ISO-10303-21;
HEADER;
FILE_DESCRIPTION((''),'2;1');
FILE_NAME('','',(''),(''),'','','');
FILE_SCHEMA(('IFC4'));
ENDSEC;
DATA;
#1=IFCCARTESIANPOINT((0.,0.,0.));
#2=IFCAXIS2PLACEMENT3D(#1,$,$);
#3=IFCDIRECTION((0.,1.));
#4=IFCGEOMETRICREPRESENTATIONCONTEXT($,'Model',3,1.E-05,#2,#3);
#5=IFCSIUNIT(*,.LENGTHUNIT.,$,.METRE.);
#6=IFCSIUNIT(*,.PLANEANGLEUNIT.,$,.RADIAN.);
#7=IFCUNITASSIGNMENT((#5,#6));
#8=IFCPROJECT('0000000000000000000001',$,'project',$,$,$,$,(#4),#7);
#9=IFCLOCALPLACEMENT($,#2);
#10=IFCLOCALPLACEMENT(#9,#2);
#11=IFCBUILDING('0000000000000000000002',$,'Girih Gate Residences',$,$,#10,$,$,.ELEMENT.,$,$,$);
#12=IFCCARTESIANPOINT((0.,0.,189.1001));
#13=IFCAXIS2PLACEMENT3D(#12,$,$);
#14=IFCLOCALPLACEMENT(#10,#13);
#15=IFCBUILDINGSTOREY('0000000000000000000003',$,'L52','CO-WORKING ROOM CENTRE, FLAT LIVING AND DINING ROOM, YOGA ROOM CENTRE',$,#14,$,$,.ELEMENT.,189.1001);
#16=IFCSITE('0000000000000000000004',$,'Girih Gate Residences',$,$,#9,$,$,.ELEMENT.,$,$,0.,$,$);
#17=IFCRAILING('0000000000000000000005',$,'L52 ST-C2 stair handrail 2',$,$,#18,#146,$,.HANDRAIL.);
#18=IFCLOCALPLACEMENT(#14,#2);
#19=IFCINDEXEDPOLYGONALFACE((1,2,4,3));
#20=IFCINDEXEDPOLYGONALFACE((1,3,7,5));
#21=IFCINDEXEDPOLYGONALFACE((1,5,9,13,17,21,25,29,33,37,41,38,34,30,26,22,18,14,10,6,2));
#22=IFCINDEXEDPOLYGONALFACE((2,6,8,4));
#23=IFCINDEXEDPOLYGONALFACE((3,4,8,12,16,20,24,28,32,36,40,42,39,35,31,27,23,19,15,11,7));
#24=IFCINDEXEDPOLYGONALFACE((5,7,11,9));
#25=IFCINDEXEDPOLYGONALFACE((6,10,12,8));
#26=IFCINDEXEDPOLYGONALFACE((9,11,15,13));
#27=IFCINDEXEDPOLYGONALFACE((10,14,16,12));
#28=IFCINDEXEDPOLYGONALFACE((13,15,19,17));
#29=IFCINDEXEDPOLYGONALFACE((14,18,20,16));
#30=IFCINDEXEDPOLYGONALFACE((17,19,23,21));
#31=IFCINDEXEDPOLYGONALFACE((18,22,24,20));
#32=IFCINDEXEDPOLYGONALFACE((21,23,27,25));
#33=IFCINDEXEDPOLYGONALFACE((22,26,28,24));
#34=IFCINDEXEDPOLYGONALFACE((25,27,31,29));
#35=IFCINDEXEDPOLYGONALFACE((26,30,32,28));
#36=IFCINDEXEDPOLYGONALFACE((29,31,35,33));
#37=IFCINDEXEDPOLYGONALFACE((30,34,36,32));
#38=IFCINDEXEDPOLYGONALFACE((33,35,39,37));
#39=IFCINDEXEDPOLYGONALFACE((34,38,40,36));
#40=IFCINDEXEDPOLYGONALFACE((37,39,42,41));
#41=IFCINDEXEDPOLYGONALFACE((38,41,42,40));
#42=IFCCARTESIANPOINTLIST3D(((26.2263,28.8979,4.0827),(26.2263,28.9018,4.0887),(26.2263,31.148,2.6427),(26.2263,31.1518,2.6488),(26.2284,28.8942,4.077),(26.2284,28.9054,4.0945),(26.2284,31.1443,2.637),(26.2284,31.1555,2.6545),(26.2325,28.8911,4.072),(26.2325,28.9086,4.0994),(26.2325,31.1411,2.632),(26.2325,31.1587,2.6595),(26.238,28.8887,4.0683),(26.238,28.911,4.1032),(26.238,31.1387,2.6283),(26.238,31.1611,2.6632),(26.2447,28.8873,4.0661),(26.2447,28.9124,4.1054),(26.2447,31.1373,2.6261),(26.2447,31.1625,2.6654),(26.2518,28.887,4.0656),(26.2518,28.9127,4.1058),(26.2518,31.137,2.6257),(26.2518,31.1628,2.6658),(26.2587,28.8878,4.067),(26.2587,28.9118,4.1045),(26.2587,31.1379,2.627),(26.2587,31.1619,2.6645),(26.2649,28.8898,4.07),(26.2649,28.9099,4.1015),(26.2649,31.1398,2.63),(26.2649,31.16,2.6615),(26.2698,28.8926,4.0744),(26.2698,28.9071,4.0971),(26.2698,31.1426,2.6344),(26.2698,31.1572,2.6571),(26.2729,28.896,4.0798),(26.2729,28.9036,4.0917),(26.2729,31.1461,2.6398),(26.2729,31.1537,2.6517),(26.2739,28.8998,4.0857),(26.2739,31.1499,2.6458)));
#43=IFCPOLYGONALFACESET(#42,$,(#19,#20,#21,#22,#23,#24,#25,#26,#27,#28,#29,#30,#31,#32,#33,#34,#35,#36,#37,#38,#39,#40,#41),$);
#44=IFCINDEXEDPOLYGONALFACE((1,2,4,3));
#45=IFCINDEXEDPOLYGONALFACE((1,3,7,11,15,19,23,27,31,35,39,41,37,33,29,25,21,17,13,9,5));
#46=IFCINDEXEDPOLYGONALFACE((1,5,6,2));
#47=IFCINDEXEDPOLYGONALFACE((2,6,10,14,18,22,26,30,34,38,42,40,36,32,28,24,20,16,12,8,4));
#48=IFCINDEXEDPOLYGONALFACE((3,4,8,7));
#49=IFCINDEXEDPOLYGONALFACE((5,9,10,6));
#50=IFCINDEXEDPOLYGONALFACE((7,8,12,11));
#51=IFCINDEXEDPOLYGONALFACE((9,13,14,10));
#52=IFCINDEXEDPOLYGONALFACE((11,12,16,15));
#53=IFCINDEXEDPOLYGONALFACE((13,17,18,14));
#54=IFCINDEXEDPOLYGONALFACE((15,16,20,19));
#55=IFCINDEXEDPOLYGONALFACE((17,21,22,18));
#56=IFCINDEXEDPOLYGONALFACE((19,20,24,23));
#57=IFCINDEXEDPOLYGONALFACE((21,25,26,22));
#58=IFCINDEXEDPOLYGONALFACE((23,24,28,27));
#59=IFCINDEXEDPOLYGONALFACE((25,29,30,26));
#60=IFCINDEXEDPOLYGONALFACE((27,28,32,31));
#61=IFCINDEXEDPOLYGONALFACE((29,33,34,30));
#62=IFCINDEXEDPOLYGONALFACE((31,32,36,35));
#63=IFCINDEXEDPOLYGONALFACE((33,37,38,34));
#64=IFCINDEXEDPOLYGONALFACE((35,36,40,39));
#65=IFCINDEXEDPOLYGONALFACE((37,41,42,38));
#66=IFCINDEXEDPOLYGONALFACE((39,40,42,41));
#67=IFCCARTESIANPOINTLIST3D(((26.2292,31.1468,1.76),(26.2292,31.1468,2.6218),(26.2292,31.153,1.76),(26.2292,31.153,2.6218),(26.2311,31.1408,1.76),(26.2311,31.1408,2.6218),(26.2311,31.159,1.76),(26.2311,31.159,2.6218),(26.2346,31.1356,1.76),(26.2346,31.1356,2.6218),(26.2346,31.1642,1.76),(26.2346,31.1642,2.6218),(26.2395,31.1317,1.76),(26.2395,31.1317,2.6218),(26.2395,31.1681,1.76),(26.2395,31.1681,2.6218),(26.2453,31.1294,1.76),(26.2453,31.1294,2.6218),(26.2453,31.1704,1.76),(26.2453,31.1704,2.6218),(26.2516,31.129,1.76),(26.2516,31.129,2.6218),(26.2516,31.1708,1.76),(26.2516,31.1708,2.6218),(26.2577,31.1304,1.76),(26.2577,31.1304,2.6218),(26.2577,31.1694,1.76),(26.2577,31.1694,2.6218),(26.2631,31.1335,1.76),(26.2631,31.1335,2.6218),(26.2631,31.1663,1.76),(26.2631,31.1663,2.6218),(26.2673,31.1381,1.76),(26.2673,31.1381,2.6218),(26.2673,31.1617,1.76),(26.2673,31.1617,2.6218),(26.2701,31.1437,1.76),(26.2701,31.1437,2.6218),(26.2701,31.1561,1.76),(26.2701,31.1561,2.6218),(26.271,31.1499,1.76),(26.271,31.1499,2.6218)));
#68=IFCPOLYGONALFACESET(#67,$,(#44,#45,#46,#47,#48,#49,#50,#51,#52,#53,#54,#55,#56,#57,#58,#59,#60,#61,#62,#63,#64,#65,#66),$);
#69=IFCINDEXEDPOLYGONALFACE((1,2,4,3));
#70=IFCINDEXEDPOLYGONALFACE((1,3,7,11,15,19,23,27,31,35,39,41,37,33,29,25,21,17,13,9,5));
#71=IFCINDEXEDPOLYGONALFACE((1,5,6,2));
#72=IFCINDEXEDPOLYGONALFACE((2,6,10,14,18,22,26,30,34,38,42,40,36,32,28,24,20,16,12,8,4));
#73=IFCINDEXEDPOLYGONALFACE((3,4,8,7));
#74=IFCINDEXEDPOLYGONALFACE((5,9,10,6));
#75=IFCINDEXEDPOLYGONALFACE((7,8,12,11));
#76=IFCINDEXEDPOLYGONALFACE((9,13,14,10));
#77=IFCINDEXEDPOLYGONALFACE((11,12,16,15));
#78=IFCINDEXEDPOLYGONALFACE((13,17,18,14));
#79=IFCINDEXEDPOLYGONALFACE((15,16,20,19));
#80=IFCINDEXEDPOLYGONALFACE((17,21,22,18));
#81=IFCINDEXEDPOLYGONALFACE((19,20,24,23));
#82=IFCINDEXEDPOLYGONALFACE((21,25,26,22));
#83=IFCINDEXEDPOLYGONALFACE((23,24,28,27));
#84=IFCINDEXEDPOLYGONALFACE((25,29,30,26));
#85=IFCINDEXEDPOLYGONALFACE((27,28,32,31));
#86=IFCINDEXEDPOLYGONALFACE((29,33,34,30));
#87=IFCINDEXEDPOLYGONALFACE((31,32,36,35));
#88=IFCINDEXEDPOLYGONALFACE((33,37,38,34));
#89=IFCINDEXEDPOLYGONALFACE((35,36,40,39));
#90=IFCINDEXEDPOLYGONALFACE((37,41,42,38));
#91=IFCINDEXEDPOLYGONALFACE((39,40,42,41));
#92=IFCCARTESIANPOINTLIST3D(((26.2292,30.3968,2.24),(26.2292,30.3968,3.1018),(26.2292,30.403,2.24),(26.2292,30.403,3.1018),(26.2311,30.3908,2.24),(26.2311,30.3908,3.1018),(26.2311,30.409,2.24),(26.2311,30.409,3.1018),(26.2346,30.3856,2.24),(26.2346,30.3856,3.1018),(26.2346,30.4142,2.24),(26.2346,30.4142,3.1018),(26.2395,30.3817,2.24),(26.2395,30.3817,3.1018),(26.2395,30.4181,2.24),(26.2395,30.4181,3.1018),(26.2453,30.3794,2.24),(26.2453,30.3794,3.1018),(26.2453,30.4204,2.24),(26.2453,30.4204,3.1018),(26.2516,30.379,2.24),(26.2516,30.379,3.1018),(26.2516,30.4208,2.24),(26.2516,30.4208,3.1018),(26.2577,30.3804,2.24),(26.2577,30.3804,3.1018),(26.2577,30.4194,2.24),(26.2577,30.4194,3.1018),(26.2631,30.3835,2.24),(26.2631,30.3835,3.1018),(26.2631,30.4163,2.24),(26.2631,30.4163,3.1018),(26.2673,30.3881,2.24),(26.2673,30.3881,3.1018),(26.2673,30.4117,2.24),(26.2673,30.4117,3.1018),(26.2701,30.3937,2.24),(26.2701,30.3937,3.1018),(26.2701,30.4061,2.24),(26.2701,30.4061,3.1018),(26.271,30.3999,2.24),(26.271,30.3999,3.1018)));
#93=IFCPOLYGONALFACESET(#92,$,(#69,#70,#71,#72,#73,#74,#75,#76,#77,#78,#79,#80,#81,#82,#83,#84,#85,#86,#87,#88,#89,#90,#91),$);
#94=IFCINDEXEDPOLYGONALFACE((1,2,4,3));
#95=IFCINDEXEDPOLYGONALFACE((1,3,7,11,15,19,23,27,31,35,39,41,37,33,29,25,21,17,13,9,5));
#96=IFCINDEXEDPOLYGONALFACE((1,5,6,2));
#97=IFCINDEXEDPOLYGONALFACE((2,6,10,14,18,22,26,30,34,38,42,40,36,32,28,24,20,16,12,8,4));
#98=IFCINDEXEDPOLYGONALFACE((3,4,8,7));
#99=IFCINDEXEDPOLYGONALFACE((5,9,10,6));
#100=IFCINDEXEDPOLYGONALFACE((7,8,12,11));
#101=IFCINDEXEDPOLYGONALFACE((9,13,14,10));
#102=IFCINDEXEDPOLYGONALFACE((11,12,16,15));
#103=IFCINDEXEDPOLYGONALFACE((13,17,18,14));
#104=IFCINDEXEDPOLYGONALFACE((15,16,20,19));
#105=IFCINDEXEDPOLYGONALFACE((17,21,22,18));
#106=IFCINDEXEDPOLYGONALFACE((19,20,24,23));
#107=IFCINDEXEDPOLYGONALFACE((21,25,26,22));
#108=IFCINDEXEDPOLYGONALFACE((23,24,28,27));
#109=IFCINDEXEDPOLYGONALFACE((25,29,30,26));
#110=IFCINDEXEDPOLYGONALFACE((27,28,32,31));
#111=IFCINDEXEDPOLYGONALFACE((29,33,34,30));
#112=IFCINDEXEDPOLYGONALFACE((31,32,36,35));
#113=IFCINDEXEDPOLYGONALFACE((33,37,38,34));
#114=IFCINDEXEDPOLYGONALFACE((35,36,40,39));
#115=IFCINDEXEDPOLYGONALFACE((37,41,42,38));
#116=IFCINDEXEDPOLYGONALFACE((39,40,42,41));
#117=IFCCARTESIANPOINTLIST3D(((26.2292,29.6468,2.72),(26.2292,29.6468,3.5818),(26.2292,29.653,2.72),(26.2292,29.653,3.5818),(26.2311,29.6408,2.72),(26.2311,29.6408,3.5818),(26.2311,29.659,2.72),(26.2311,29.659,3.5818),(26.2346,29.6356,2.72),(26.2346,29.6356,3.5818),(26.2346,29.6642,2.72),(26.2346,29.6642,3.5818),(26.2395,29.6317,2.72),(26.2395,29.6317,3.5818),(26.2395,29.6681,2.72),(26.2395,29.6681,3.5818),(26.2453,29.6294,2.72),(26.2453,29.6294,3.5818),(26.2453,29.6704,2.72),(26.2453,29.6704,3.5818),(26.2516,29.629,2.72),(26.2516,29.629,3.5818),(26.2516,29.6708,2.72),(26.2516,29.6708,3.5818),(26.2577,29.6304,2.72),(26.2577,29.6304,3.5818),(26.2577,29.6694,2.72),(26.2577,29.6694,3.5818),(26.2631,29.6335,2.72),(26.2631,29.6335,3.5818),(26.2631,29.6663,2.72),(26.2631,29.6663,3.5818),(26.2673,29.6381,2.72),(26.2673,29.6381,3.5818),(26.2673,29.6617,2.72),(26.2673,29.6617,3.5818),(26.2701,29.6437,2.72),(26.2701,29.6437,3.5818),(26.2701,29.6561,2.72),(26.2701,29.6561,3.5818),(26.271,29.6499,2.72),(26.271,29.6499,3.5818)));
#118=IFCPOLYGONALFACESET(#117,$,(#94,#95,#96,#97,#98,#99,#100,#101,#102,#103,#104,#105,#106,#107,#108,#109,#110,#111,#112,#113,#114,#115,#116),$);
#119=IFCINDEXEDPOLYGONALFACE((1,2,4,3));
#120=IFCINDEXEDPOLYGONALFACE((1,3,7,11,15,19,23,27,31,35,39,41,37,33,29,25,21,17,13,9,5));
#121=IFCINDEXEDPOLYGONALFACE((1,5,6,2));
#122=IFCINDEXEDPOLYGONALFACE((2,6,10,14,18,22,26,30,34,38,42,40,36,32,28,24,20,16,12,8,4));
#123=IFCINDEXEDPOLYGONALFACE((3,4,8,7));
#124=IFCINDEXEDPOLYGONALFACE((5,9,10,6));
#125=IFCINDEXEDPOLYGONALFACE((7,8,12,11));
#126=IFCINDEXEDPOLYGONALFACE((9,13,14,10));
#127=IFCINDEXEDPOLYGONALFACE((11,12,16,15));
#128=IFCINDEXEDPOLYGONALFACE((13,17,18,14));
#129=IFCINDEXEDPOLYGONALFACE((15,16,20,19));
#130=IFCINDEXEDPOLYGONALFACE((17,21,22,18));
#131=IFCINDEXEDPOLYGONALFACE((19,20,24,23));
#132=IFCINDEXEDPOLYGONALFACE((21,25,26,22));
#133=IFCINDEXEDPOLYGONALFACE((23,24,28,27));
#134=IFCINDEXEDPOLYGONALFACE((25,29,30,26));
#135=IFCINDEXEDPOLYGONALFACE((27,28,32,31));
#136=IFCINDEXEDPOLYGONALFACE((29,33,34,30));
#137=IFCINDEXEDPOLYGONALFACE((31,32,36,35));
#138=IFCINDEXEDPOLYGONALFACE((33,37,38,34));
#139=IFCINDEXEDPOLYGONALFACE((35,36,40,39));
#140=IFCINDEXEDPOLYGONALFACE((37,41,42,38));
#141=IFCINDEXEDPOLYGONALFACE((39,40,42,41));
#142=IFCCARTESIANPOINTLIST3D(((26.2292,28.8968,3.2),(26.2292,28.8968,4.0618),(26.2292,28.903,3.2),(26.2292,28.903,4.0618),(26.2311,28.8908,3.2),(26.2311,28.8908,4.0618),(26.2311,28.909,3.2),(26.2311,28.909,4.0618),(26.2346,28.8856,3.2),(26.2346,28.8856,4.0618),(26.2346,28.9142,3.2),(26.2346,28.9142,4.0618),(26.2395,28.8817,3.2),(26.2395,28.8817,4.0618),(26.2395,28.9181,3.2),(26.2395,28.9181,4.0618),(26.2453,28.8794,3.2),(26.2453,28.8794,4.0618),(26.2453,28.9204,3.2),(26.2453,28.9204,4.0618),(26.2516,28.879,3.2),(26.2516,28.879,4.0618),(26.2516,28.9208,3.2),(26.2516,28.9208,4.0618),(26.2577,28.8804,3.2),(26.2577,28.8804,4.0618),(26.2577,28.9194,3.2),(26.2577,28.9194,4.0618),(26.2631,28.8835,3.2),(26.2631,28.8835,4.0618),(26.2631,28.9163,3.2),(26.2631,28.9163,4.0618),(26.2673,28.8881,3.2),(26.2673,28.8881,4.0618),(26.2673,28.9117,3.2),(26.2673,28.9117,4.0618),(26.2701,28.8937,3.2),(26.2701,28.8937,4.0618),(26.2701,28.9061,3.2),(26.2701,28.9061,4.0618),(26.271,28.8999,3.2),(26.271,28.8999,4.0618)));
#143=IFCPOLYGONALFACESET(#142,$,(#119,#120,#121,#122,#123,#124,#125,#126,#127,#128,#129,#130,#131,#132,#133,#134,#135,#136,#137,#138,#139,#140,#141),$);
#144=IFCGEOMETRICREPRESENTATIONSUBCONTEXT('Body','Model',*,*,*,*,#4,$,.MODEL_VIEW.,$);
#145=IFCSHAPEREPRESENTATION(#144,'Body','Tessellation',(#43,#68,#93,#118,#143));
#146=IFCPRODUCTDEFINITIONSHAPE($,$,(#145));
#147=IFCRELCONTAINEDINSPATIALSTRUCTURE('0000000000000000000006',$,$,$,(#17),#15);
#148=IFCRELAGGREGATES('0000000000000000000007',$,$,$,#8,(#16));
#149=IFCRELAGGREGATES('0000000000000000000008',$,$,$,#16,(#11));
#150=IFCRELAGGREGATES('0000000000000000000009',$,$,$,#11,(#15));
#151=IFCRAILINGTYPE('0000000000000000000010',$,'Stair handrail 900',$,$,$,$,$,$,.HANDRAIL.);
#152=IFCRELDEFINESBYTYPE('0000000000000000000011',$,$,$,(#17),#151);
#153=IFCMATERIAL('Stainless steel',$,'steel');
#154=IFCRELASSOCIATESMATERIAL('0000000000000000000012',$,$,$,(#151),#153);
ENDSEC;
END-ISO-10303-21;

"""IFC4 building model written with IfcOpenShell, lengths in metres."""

from ifc_helpers import new_model, si_unit, direction, frame, origin, origin_2d, place, context, subcontext, project, spatial, circle, extrude, material, type_object, element, save


model = new_model("IFC4")

# Units and contexts
model_context = context("Model", 3, precision=1e-05, world=origin(), true_north=direction((0.0, 1.0)))
body_context = subcontext(model_context, "Body", "Model", "MODEL_VIEW")
ifc_project = project(units=[si_unit("LENGTHUNIT", "METRE"), si_unit("PLANEANGLEUNIT", "RADIAN")], contexts=[model_context])

# Site, building, storey
site_placement = place(None, origin())
site = spatial("IfcSite", under=ifc_project, at=site_placement, Name="Girih Gate Residences", CompositionType="ELEMENT", RefElevation=0.0)
building_placement = place(site_placement, origin())
building = spatial("IfcBuilding", under=site, at=building_placement, Name="Girih Gate Residences", CompositionType="ELEMENT")
storey_placement = place(building_placement, frame((0.0, 0.0, 189.1001)))
storey = spatial("IfcBuildingStorey", under=building, at=storey_placement, Name="L52", Description="CO-WORKING ROOM CENTRE, FLAT LIVING AND DINING ROOM, YOGA ROOM CENTRE", CompositionType="ELEMENT", Elevation=189.1001)

# Railing
ifc_material_1 = material(Name="Stainless steel", Category="steel")
railing_type_1 = type_object("IfcRailingType", Name="Stair handrail 900", PredefinedType="HANDRAIL", material=ifc_material_1)
railing_1_placement = place(storey_placement, frame((26.25, 31.1499, 1.76)))
element("IfcRailing", 1, at=railing_1_placement, inside=storey, type_object=railing_type_1, Name="L52 ST-C2 stair handrail 2", PredefinedType="HANDRAIL", context=body_context, shape_type="SweptSolid", body=[
    extrude(circle(Radius=0.0239, at=origin_2d()), frame((0.0, 0.0, 0.8857), z_axis=(0.0, -0.842281, 0.539038), x_axis=(1.0, 0.0, 0.0)), (0.0, 0.0, 1.0), 2.6714),
    extrude(circle(Radius=0.021, at=origin_2d()), origin(), (0.0, 0.0, 1.0), 0.8618),
    extrude(circle(Radius=0.021, at=origin_2d()), frame((0.0, -0.75, 0.48)), (0.0, 0.0, 1.0), 0.8618),
    extrude(circle(Radius=0.021, at=origin_2d()), frame((0.0, -1.5, 0.96)), (0.0, 0.0, 1.0), 0.8618),
    extrude(circle(Radius=0.021, at=origin_2d()), frame((0.0, -2.25, 1.4399)), (0.0, 0.0, 1.0), 0.8618),
])

save(model, "model.ifc")
